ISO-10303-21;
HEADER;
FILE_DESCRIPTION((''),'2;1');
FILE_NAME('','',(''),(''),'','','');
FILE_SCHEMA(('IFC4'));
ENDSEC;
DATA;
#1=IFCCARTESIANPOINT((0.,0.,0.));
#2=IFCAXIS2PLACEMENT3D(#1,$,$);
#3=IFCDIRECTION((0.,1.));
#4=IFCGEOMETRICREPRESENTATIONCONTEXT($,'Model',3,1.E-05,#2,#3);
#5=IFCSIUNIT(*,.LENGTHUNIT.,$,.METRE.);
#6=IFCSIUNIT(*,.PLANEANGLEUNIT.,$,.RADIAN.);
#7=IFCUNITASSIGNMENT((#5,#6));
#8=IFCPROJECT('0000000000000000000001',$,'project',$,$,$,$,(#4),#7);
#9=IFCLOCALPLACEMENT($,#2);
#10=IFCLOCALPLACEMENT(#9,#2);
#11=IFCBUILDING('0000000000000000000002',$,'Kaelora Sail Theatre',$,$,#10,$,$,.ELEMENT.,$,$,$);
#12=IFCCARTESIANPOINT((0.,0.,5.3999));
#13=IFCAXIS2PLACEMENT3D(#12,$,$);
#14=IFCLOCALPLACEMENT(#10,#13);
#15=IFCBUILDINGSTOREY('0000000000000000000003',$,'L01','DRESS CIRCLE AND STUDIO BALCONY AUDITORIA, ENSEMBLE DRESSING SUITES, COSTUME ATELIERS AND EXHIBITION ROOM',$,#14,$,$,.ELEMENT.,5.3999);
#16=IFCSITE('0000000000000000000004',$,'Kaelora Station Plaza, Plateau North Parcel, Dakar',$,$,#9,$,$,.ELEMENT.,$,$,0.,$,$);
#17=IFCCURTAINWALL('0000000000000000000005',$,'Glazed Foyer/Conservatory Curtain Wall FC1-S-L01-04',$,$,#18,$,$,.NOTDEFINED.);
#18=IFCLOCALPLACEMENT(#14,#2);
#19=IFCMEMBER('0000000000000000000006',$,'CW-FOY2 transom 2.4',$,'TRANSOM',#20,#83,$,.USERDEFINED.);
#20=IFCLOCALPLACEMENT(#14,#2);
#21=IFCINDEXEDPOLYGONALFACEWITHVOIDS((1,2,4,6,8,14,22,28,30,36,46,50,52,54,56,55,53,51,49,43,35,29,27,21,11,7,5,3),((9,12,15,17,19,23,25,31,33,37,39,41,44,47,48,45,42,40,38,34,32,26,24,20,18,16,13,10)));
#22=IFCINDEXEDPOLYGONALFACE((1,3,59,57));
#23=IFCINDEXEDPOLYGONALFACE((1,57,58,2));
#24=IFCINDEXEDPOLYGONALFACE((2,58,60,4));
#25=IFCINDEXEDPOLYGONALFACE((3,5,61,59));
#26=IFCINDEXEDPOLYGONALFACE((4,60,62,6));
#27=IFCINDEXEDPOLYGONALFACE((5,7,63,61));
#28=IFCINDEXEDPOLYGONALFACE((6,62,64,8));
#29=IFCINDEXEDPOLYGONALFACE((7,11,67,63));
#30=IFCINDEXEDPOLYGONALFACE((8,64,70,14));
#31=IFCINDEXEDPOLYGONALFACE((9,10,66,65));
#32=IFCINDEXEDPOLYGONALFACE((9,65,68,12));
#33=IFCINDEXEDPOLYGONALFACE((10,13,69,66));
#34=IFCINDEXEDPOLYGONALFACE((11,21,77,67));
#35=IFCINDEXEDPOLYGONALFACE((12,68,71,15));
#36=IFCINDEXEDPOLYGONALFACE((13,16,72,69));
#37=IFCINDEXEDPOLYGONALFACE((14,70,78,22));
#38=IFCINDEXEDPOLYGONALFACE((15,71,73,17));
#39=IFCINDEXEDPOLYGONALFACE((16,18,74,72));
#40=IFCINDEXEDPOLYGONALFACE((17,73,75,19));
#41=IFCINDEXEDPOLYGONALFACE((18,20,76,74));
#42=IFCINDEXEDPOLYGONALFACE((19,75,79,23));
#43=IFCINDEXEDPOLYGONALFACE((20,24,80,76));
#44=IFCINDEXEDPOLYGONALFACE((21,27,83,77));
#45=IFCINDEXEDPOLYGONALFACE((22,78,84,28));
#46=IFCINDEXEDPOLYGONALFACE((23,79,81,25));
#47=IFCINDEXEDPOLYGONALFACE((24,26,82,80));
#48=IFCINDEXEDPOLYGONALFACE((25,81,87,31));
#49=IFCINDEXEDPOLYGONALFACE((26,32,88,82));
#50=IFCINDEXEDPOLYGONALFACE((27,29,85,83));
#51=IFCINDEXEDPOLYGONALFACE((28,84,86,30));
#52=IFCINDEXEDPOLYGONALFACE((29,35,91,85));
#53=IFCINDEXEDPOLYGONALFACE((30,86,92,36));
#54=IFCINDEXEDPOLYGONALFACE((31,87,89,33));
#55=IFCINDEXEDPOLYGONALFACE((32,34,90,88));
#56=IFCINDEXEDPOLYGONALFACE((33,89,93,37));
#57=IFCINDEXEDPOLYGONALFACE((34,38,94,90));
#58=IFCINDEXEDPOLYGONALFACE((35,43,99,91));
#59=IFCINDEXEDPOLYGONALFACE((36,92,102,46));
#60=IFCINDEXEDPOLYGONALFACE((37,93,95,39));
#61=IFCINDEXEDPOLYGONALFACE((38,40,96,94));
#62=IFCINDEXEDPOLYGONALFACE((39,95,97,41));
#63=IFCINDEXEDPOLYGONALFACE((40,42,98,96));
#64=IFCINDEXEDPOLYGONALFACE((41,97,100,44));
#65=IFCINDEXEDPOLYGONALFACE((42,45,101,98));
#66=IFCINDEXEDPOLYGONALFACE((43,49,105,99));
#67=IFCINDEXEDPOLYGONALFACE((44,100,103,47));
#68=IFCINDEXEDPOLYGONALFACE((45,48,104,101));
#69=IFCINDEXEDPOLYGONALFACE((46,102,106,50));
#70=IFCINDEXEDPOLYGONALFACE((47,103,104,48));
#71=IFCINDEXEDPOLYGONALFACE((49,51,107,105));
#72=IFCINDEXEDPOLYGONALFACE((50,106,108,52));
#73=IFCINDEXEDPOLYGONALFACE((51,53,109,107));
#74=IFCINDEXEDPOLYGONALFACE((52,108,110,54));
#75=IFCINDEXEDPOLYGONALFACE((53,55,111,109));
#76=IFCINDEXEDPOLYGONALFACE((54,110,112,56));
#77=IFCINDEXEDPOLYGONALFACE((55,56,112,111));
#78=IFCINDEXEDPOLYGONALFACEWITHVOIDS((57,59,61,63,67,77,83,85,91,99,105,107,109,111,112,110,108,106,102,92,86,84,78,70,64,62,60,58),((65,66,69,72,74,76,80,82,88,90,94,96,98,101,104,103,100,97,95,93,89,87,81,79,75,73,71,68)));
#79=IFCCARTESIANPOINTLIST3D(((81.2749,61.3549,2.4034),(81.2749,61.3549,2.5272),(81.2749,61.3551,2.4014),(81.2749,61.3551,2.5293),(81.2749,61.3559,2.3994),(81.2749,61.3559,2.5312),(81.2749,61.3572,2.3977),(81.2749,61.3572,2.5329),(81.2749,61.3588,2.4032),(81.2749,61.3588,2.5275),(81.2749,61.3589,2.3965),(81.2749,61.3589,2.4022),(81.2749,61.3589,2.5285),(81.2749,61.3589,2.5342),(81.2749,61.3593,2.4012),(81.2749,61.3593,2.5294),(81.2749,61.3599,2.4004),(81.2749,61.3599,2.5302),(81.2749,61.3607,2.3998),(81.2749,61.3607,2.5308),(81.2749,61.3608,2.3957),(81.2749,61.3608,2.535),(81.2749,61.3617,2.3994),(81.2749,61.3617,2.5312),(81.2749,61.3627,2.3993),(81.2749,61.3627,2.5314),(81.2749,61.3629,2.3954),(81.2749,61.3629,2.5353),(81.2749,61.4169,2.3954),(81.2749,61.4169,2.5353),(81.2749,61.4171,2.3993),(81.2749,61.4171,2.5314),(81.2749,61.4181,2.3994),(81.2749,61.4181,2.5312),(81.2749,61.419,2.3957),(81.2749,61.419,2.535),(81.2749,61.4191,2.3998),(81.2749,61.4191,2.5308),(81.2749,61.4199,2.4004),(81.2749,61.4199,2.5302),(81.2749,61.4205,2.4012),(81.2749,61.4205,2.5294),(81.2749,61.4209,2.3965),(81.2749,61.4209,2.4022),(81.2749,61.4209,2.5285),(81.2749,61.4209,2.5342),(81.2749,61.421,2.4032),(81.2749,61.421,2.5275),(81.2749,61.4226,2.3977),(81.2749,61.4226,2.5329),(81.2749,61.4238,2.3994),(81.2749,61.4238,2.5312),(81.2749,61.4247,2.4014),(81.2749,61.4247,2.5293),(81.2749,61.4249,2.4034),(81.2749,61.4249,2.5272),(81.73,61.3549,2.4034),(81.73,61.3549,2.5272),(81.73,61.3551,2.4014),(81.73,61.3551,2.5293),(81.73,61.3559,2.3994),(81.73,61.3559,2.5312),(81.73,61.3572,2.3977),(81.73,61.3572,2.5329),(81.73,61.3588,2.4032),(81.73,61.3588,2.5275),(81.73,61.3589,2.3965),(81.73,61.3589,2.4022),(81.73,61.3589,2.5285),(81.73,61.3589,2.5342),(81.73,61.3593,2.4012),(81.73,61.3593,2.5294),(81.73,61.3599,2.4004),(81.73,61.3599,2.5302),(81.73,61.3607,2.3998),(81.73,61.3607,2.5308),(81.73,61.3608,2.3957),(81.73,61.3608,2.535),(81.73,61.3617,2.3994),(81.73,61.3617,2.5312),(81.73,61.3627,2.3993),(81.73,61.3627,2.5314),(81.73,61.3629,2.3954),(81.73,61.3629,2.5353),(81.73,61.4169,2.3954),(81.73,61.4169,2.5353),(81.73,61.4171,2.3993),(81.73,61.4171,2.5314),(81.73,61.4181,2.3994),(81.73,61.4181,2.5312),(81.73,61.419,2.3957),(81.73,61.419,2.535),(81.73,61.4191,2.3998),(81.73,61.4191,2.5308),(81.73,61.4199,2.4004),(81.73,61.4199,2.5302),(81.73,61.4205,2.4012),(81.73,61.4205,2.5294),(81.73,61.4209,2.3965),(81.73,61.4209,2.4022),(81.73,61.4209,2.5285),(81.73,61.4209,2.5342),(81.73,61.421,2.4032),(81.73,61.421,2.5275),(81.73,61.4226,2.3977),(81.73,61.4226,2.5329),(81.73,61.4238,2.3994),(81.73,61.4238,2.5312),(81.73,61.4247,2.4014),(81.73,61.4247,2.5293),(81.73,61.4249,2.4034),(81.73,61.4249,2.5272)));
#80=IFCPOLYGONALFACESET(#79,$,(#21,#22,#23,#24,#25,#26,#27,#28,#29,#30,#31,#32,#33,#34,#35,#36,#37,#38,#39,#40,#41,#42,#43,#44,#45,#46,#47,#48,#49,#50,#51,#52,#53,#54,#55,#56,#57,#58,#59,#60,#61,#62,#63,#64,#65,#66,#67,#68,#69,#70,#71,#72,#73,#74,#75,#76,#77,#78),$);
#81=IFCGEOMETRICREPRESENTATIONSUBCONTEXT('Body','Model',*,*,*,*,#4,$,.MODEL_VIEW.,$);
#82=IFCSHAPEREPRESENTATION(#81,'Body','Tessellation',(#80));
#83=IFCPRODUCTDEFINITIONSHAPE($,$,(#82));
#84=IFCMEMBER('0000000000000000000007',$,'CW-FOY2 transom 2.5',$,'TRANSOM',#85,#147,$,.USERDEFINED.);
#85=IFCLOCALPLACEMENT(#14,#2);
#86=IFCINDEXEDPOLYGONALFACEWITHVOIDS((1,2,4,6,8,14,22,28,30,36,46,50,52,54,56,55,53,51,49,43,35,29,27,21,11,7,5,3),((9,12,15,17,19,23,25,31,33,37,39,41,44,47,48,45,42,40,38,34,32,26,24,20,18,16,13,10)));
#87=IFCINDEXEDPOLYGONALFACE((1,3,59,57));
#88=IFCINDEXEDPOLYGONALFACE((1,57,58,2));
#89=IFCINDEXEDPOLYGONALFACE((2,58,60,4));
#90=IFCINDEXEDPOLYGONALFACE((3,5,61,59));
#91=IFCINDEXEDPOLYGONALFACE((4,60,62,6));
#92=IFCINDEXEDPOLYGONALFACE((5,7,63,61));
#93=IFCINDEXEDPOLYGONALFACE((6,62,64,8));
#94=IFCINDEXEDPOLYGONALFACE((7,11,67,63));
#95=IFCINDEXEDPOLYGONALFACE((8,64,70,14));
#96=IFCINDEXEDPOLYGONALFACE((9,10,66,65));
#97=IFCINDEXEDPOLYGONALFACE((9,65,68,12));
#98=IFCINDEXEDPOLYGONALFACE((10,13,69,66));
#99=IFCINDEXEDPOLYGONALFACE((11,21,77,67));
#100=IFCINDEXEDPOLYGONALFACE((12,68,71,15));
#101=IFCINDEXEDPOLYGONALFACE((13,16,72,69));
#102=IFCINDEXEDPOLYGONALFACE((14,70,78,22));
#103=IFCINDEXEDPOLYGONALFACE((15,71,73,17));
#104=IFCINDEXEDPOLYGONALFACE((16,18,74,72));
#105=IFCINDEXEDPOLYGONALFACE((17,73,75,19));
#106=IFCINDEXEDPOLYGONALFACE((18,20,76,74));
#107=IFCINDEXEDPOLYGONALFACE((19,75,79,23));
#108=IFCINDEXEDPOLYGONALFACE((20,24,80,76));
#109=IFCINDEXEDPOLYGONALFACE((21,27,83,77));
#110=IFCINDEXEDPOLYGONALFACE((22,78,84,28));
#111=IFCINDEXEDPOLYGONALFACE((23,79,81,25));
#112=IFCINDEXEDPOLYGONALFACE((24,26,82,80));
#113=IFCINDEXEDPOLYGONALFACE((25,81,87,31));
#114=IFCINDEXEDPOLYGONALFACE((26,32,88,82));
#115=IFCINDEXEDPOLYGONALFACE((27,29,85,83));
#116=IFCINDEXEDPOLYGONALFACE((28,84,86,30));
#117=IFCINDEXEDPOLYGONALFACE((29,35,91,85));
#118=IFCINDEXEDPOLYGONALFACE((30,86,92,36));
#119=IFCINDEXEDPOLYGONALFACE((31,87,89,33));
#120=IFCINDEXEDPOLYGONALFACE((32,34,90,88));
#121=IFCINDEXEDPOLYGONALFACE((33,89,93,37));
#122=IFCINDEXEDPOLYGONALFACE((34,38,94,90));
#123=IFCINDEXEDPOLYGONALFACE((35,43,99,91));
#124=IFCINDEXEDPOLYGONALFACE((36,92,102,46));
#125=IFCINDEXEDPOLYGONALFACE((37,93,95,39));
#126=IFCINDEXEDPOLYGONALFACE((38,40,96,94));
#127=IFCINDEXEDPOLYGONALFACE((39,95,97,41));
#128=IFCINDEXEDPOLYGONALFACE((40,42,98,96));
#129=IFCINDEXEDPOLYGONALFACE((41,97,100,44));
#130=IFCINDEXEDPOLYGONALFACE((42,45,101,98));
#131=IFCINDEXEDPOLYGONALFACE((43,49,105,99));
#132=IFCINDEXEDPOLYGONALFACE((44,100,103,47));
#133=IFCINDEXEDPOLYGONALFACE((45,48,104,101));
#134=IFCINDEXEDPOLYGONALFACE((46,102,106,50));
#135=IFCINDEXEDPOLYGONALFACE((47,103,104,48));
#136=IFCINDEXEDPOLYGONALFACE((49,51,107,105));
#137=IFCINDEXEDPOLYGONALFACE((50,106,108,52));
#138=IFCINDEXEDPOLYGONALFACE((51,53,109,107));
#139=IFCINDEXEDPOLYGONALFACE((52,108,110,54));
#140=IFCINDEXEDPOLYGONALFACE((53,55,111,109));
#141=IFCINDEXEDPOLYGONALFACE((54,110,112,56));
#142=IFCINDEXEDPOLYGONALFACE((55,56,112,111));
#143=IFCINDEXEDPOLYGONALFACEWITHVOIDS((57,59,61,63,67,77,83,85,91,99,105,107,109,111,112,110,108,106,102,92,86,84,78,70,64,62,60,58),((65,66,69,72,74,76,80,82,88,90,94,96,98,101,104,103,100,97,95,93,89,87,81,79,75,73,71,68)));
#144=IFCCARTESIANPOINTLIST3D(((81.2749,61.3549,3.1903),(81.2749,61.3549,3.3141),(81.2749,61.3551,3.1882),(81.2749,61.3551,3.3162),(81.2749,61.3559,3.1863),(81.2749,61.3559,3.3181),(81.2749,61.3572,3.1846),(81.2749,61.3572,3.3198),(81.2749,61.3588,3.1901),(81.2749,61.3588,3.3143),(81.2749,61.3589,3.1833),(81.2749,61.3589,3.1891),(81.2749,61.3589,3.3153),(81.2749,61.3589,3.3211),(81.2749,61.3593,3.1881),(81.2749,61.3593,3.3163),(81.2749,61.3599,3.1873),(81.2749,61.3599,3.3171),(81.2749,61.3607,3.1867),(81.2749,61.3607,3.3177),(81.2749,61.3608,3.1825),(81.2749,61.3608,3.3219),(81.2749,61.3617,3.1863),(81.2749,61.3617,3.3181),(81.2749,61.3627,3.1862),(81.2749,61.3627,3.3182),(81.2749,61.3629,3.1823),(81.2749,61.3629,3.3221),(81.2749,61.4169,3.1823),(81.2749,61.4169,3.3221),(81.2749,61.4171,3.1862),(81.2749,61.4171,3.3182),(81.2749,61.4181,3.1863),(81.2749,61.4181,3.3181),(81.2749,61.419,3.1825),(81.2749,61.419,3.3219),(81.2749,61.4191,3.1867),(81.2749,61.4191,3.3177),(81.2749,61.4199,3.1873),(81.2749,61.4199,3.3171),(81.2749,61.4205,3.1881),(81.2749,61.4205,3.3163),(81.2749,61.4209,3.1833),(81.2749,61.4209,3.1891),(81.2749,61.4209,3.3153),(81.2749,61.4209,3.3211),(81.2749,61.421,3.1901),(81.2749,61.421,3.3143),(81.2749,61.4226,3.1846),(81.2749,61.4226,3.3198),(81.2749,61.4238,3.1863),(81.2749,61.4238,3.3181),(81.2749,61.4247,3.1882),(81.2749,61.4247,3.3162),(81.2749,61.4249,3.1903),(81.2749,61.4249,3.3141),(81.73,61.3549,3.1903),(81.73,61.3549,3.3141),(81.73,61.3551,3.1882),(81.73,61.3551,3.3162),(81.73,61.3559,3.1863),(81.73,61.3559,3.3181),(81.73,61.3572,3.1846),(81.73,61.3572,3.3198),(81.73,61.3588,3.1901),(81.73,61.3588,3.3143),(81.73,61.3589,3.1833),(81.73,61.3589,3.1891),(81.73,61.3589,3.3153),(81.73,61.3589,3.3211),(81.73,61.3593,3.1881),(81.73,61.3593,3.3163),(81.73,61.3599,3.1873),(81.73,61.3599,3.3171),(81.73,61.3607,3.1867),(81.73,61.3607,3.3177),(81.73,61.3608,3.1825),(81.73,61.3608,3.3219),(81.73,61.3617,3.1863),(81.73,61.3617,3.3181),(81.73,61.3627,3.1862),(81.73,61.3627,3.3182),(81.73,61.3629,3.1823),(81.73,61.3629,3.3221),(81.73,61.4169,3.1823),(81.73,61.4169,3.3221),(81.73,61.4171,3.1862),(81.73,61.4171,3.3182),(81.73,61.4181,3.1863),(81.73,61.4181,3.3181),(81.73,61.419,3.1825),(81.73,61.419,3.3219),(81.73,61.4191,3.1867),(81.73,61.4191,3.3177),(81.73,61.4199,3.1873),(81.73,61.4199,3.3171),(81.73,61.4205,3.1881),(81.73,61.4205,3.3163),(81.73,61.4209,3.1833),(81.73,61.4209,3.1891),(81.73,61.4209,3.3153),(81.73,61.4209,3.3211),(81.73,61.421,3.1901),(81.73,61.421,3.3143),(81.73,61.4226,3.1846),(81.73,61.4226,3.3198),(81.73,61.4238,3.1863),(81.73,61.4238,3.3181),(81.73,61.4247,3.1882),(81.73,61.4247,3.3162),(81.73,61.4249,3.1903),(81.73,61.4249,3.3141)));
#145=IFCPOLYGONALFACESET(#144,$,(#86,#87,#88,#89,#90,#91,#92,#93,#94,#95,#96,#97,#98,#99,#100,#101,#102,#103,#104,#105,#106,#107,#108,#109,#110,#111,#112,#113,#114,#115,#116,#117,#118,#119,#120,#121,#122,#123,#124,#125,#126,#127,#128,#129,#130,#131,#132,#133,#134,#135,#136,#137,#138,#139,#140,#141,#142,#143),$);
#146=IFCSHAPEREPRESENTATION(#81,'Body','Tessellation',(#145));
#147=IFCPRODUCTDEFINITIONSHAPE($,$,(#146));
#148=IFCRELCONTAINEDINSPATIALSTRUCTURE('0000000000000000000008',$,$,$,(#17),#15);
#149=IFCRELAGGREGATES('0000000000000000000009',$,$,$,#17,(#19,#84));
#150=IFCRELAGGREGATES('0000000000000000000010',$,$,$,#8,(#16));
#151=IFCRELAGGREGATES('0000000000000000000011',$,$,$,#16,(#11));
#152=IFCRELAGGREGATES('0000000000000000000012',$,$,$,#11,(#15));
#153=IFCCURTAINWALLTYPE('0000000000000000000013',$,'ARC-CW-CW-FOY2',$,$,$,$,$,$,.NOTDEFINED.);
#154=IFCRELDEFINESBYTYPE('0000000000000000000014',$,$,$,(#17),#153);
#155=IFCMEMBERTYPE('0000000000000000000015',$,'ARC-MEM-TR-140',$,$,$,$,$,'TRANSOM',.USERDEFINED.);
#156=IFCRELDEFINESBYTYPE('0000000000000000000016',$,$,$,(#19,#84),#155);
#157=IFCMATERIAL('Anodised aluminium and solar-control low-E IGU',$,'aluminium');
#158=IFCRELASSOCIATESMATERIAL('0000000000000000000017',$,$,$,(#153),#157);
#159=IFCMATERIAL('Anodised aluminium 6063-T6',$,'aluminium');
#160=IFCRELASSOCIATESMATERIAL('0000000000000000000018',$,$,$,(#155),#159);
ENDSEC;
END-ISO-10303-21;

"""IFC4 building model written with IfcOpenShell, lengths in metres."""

from ifc_helpers import new_model, si_unit, direction, frame, origin, origin_2d, place, context, subcontext, project, spatial, hollow_rectangle, extrude, material, material_profile, profile_set, type_object, element, aggregate, save


model = new_model("IFC4")

# Units and contexts
model_context = context("Model", 3, precision=1e-05, world=origin(), true_north=direction((0.0, 1.0)))
body_context = subcontext(model_context, "Body", "Model", "MODEL_VIEW")
ifc_project = project(units=[si_unit("LENGTHUNIT", "METRE"), si_unit("PLANEANGLEUNIT", "RADIAN")], contexts=[model_context])

# Site, building, storey
site_placement = place(None, origin())
site = spatial("IfcSite", under=ifc_project, at=site_placement, Name="Kaelora Station Plaza, Plateau North Parcel, Dakar", CompositionType="ELEMENT", RefElevation=0.0)
building_placement = place(site_placement, origin())
building = spatial("IfcBuilding", under=site, at=building_placement, Name="Kaelora Sail Theatre", CompositionType="ELEMENT")
storey_placement = place(building_placement, frame((0.0, 0.0, 5.3999)))
storey = spatial("IfcBuildingStorey", under=building, at=storey_placement, Name="L01", Description="DRESS CIRCLE AND STUDIO BALCONY AUDITORIA, ENSEMBLE DRESSING SUITES, COSTUME ATELIERS AND EXHIBITION ROOM", CompositionType="ELEMENT", Elevation=5.3999)

# Curtain wall
ifc_material_1 = material(Name="Anodised aluminium and solar-control low-E IGU", Category="aluminium")
curtain_wall_type = type_object("IfcCurtainWallType", Name="ARC-CW-CW-FOY2", PredefinedType="NOTDEFINED", material=ifc_material_1)
curtain_wall_1_placement = place(storey_placement, origin())
curtain_wall_1 = element("IfcCurtainWall", 1, at=curtain_wall_1_placement, inside=storey, type_object=curtain_wall_type, Name="Glazed Foyer/Conservatory Curtain Wall FC1-S-L01-04", PredefinedType="NOTDEFINED")

# Members
ifc_material_2 = material(Name="Anodised aluminium 6063-T6", Category="aluminium")
ifc_material_profile_1 = material_profile(ifc_material_2, hollow_rectangle(XDim=0.0701, YDim=0.1399, WallThickness=0.0039, InnerFilletRadius=0.0039, OuterFilletRadius=0.0081, at=origin_2d()), Name="ALU-TRAN 70x140x4")
ifc_profile_set_1 = profile_set([ifc_material_profile_1], Name="Anodised aluminium 6063-T6")
member_type_1 = type_object("IfcMemberType", Name="ARC-MEM-TR-140", ElementType="TRANSOM", PredefinedType="USERDEFINED", material=ifc_profile_set_1)
member_1_placement = place(storey_placement, frame((81.2749, 61.3899, 2.4653), z_axis=(1.0, 0.0, 0.0), x_axis=(0.0, 1.0, 0.0)))
member_1 = element("IfcMember", 2, at=member_1_placement, type_object=member_type_1, Name="CW-FOY2 transom 2.4", ObjectType="TRANSOM", PredefinedType="USERDEFINED", context=body_context, shape_type="SweptSolid", body=[
    extrude(hollow_rectangle(XDim=0.0701, YDim=0.1399, WallThickness=0.0039, InnerFilletRadius=0.0039, OuterFilletRadius=0.0081, at=origin_2d()), origin(), (0.0, 0.0, 1.0), 0.4551),
])
member_2_placement = place(storey_placement, frame((81.2749, 61.3899, 3.2522), z_axis=(1.0, 0.0, 0.0), x_axis=(0.0, 1.0, 0.0)))
member_2 = element("IfcMember", 3, at=member_2_placement, type_object=member_type_1, Name="CW-FOY2 transom 2.5", ObjectType="TRANSOM", PredefinedType="USERDEFINED", context=body_context, shape_type="SweptSolid", body=[
    extrude(hollow_rectangle(XDim=0.0701, YDim=0.1399, WallThickness=0.0039, InnerFilletRadius=0.0039, OuterFilletRadius=0.0081, at=origin_2d()), origin(), (0.0, 0.0, 1.0), 0.4551),
])

aggregate(curtain_wall_1, [member_1, member_2])

save(model, "model.ifc")
